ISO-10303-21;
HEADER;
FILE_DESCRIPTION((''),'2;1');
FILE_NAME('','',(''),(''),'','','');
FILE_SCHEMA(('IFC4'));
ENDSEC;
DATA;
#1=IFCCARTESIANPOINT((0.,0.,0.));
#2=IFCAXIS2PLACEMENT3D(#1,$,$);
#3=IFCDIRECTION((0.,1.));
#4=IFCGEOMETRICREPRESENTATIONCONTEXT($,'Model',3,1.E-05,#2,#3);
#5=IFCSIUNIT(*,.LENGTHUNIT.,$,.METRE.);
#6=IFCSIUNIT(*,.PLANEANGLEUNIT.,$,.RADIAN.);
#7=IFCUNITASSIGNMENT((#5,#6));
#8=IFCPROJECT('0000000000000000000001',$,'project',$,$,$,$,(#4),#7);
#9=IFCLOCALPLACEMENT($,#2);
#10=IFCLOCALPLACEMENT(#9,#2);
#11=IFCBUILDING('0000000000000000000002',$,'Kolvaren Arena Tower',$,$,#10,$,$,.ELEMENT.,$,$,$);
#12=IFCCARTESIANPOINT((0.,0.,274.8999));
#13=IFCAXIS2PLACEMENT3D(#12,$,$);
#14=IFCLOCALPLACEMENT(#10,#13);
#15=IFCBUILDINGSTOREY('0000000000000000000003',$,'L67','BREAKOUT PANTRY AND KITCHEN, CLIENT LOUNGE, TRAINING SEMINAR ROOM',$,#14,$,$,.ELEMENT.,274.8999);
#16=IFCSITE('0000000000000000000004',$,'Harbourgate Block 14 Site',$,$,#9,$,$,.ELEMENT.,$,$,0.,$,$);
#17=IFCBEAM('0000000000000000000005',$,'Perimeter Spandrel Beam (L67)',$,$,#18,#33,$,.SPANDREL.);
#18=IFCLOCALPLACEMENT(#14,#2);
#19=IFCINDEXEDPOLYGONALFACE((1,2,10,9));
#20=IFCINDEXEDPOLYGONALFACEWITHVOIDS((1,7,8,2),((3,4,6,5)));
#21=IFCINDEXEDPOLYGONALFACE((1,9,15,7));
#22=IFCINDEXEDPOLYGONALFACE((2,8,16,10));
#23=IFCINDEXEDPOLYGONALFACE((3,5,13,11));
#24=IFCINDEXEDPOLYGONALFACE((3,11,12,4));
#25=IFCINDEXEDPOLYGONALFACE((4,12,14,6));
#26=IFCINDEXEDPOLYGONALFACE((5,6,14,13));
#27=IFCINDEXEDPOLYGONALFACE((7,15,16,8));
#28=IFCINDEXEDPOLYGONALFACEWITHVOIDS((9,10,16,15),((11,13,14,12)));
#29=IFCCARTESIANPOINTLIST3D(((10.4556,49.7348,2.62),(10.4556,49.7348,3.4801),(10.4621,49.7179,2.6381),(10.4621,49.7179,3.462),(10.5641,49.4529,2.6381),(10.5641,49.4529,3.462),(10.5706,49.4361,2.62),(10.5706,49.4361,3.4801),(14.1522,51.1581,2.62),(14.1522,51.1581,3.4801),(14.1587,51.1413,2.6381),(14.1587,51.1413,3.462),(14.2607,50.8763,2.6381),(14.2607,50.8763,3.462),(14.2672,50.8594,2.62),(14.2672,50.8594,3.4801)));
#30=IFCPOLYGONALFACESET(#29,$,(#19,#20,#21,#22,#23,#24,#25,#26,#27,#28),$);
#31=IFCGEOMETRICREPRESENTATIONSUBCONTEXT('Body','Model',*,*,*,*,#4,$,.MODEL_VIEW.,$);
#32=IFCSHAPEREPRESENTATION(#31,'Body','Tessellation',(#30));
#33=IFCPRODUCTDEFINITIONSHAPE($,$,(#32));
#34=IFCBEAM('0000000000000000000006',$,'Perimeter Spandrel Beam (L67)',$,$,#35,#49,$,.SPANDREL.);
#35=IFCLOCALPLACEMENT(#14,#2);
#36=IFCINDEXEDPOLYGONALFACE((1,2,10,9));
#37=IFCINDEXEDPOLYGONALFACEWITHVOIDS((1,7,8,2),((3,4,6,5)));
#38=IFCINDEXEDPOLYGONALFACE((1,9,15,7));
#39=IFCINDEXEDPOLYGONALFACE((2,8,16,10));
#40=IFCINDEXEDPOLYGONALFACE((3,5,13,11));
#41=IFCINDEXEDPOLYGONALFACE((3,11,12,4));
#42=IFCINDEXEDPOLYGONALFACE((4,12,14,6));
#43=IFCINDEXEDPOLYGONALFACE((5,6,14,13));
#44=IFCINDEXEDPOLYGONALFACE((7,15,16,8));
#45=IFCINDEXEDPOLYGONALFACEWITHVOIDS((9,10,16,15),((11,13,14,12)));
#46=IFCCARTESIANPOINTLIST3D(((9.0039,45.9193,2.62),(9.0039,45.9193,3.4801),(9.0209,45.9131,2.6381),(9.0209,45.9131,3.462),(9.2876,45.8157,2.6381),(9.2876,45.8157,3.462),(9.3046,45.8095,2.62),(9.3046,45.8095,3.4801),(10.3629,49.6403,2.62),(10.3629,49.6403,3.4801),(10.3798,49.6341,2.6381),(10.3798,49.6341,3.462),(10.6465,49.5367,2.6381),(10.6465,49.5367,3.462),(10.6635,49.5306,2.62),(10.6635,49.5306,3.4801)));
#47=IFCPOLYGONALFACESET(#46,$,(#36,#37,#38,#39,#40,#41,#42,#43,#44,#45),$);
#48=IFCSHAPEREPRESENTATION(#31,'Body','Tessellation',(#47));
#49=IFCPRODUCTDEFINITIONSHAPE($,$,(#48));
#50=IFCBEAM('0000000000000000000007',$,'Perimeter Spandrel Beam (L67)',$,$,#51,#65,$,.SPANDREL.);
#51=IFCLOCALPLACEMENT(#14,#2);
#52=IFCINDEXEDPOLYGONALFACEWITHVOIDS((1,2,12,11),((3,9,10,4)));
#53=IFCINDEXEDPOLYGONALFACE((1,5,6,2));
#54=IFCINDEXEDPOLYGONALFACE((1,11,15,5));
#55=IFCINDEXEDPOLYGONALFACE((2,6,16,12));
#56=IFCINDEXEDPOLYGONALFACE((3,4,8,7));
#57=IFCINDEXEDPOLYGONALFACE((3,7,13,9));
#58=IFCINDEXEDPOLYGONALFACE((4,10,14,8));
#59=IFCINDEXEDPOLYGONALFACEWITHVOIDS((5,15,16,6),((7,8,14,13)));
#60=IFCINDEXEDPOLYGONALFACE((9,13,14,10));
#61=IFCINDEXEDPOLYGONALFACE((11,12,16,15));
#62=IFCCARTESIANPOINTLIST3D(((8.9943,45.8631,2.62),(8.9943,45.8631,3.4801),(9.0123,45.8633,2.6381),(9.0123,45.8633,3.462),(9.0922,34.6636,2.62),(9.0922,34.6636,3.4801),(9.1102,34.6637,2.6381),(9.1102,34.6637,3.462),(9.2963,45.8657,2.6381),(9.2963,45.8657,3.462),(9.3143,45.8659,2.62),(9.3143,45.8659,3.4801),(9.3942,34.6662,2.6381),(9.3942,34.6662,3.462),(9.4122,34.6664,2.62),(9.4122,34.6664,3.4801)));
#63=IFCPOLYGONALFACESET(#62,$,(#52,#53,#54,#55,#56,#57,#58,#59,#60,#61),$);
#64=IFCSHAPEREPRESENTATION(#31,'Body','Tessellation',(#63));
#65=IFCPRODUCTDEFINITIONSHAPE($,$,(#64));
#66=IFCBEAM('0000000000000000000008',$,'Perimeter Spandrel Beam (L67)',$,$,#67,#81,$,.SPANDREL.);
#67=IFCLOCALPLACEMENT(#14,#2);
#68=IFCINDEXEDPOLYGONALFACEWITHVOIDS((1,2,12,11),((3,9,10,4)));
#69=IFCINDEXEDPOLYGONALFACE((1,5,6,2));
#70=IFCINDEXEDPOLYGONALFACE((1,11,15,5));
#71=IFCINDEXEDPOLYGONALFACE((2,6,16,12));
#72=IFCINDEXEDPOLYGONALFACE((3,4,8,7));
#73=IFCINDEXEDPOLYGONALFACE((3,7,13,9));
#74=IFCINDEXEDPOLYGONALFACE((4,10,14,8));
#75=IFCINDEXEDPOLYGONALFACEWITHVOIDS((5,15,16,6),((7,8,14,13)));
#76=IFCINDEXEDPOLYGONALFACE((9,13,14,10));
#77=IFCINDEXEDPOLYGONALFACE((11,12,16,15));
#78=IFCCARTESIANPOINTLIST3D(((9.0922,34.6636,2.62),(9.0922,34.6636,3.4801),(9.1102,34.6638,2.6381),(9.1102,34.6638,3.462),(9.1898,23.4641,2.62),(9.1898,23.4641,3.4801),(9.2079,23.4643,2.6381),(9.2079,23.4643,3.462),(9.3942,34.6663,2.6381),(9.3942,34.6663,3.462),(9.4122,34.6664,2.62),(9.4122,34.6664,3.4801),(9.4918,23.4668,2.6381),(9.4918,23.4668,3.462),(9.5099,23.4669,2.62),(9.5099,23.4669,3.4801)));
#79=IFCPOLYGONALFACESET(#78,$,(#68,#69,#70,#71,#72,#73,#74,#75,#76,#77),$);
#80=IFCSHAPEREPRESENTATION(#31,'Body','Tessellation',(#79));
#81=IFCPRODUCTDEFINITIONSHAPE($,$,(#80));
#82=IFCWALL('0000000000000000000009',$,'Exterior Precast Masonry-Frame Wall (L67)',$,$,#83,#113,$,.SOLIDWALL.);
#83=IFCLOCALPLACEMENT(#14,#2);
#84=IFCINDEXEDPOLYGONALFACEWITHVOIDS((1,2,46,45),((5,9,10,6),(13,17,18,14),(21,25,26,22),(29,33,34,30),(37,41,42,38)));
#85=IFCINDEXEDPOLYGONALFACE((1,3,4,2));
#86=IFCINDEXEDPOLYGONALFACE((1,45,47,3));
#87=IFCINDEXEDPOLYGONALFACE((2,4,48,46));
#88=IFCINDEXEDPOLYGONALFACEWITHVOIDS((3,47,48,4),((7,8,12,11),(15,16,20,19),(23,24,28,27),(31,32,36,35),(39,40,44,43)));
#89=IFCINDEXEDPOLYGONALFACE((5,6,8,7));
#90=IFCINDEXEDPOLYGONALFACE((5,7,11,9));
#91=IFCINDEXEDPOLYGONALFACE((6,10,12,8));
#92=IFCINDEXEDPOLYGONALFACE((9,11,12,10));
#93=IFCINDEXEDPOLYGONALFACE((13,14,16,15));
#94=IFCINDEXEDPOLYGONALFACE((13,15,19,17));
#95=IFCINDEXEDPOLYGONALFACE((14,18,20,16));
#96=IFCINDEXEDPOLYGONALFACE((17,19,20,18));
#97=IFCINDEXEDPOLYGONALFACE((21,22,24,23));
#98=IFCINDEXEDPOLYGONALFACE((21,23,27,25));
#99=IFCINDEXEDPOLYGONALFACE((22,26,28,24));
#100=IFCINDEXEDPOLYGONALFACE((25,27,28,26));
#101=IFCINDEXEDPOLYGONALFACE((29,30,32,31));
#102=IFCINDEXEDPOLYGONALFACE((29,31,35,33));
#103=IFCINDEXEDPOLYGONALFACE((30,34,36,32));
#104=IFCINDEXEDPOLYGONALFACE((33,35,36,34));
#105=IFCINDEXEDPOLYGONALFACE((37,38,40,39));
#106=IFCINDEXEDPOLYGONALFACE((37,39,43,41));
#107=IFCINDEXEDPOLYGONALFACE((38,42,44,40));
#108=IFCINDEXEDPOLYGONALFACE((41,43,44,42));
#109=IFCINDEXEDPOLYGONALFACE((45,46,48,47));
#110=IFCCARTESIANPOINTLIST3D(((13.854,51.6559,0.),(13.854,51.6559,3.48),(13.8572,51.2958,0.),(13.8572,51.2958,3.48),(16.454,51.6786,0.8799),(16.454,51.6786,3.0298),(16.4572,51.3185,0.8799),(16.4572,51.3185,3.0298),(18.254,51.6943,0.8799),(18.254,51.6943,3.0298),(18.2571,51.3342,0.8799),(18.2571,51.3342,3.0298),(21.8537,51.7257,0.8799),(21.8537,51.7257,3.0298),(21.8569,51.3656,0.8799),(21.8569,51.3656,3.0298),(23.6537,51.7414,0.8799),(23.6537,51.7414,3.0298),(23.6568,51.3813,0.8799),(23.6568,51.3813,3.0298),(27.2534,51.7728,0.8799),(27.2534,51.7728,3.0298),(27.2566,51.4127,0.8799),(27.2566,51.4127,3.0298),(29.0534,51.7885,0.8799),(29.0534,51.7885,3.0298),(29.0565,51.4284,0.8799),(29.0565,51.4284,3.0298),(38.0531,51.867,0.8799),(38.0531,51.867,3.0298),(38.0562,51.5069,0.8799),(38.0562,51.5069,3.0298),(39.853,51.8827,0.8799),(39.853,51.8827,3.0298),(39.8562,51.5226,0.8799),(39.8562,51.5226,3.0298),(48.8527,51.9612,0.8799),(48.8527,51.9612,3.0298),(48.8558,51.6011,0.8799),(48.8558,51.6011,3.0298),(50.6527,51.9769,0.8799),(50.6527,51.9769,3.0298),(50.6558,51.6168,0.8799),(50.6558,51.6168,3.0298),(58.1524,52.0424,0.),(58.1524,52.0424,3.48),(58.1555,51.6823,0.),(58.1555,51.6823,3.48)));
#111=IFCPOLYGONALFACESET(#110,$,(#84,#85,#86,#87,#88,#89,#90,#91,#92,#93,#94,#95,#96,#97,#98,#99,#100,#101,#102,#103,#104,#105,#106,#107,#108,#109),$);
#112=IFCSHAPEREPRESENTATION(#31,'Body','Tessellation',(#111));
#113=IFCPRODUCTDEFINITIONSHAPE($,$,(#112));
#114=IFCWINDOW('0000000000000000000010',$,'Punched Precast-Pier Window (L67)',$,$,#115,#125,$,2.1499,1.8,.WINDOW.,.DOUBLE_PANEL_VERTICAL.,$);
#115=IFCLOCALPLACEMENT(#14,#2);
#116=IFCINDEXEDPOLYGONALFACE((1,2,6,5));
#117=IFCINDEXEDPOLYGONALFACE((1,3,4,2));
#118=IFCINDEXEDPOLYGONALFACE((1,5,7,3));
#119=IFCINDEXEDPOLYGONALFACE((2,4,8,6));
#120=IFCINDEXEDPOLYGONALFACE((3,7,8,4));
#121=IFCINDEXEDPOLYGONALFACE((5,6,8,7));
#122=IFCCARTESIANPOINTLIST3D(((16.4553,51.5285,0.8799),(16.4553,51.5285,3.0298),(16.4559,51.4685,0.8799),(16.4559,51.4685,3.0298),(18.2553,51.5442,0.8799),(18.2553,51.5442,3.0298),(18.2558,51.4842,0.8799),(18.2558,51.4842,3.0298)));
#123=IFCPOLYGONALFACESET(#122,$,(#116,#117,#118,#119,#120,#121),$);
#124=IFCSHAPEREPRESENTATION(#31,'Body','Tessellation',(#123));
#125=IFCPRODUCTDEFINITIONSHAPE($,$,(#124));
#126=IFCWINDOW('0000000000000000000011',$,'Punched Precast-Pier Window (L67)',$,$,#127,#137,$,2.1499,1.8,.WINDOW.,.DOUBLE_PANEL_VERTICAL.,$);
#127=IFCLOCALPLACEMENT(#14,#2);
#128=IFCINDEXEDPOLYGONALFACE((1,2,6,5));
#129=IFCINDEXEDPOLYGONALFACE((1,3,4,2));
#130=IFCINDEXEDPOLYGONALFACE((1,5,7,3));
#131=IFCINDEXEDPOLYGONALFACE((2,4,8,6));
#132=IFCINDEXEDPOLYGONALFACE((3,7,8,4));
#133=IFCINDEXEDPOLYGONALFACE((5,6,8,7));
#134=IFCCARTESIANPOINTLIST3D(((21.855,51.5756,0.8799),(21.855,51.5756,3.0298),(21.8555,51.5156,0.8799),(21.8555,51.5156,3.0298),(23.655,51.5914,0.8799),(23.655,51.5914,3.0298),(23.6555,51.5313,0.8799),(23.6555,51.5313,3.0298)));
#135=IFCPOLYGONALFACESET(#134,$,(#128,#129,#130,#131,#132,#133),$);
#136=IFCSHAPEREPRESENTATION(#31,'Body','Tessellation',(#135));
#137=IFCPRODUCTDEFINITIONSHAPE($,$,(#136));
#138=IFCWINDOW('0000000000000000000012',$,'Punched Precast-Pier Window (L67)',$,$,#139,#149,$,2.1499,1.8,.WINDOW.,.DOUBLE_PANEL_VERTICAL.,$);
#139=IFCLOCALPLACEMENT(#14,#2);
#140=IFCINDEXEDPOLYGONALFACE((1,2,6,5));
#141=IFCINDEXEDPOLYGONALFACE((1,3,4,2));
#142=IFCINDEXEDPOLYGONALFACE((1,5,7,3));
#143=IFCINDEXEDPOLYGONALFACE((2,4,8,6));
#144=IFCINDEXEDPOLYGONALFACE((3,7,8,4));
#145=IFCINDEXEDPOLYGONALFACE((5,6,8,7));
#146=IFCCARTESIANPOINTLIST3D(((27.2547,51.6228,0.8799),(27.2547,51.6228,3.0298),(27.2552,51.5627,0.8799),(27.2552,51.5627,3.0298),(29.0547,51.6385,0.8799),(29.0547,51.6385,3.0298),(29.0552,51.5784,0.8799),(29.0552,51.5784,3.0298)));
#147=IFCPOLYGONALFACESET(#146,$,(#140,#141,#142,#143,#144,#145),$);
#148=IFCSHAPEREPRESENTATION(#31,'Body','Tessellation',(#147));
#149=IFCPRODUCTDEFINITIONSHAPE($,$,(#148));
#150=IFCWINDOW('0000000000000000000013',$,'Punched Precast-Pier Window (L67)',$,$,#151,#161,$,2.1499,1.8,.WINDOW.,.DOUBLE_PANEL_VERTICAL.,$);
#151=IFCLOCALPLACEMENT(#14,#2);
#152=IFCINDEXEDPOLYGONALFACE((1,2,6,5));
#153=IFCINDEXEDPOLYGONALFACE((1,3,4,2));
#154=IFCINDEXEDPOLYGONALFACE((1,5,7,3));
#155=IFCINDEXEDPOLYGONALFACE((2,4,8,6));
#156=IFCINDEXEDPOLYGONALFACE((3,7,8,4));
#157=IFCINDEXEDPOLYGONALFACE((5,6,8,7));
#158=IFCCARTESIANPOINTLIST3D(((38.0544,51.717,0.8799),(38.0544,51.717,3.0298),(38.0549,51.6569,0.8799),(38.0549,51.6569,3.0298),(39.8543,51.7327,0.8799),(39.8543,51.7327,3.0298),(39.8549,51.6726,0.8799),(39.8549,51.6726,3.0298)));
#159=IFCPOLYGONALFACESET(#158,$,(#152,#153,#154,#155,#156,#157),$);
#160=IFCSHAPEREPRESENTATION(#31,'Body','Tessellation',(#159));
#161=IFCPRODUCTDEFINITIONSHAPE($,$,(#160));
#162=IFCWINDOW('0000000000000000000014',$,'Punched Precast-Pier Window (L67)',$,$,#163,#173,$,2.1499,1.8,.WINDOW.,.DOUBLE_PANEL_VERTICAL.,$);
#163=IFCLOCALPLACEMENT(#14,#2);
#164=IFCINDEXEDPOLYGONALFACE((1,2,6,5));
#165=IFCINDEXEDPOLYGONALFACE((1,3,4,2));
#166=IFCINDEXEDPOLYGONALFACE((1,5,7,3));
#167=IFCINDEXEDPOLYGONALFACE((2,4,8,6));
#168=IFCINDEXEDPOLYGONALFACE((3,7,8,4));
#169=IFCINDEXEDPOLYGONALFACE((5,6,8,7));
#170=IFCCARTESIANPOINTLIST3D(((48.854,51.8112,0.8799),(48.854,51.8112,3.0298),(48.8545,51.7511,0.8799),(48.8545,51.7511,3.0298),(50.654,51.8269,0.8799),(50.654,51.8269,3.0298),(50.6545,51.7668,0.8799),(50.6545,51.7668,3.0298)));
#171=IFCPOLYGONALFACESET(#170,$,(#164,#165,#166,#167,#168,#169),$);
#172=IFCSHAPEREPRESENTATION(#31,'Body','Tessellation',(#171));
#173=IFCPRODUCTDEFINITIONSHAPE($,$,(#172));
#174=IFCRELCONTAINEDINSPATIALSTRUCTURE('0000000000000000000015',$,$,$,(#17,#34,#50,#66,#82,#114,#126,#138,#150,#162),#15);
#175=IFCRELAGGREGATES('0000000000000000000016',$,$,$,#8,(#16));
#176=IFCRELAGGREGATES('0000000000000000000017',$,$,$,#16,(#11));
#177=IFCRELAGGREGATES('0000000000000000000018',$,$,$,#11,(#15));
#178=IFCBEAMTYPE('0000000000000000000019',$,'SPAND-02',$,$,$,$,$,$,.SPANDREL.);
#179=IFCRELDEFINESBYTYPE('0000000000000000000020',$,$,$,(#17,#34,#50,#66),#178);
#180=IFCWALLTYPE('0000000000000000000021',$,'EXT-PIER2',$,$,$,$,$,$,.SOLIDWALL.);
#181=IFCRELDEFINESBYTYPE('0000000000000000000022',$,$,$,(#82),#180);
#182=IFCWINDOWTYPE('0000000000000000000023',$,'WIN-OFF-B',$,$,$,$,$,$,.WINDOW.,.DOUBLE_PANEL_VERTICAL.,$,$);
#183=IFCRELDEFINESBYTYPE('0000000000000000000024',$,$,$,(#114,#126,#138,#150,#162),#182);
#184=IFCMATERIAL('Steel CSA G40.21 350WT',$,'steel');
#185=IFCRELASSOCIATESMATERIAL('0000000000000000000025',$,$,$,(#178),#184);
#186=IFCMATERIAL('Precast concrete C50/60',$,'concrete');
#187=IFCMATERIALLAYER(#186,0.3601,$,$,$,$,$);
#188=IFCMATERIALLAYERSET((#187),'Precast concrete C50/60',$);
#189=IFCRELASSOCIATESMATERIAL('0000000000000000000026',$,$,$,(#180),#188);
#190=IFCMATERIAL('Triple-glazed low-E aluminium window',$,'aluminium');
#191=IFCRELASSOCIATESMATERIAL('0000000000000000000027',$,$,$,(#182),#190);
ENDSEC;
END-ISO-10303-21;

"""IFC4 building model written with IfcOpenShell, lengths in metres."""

from ifc_helpers import new_model, si_unit, direction, frame, frame_2d, origin, origin_2d, place, context, subcontext, project, spatial, rectangle, hollow_rectangle, extrude, material, layer, layer_set, material_profile, profile_set, type_object, element, fill, save


model = new_model("IFC4")

# Units and contexts
model_context = context("Model", 3, precision=1e-05, world=origin(), true_north=direction((0.0, 1.0)))
body_context = subcontext(model_context, "Body", "Model", "MODEL_VIEW")
ifc_project = project(units=[si_unit("LENGTHUNIT", "METRE"), si_unit("PLANEANGLEUNIT", "RADIAN")], contexts=[model_context])

# Site, building, storey
site_placement = place(None, origin())
site = spatial("IfcSite", under=ifc_project, at=site_placement, Name="Harbourgate Block 14 Site", CompositionType="ELEMENT", RefElevation=0.0)
building_placement = place(site_placement, origin())
building = spatial("IfcBuilding", under=site, at=building_placement, Name="Kolvaren Arena Tower", CompositionType="ELEMENT")
storey_placement = place(building_placement, frame((0.0, 0.0, 274.8999)))
storey = spatial("IfcBuildingStorey", under=building, at=storey_placement, Name="L67", Description="BREAKOUT PANTRY AND KITCHEN, CLIENT LOUNGE, TRAINING SEMINAR ROOM", CompositionType="ELEMENT", Elevation=274.8999)

# Shared definitions
ifc_material_1 = material(Name="Precast concrete C50/60", Category="concrete")

# Beams
ifc_material_2 = material(Name="Steel CSA G40.21 350WT", Category="steel")
ifc_material_profile_1 = material_profile(ifc_material_2, hollow_rectangle(XDim=0.3201, YDim=0.8601, WallThickness=0.0181, at=origin_2d()), Name="HSS 860x320x18")
ifc_profile_set_1 = profile_set([ifc_material_profile_1], Name="Steel CSA G40.21 350WT")
beam_type_1 = type_object("IfcBeamType", Name="SPAND-02", PredefinedType="SPANDREL", material=ifc_profile_set_1)
beam_1_placement = place(storey_placement, frame((14.2097, 51.0088, 3.05), z_axis=(-0.933211, -0.35933, 0.0), x_axis=(0.35933, -0.933211, 0.0)))
element("IfcBeam", 1, at=beam_1_placement, inside=storey, type_object=beam_type_1, Name="Perimeter Spandrel Beam (L67)", PredefinedType="SPANDREL", context=body_context, shape_type="SweptSolid", body=[
    extrude(hollow_rectangle(XDim=0.3201, YDim=0.8601, WallThickness=0.0181, at=origin_2d()), origin(), (0.0, 0.0, 1.0), 3.9612),
])
beam_2_placement = place(storey_placement, frame((10.5132, 49.5854, 3.05), z_axis=(-0.343039, -0.939321, 0.0), x_axis=(0.939321, -0.343039, 0.0)))
element("IfcBeam", 2, at=beam_2_placement, inside=storey, type_object=beam_type_1, Name="Perimeter Spandrel Beam (L67)", PredefinedType="SPANDREL", context=body_context, shape_type="SweptSolid", body=[
    extrude(hollow_rectangle(XDim=0.3201, YDim=0.8601, WallThickness=0.0181, at=origin_2d()), origin(), (0.0, 0.0, 1.0), 3.9614),
])
for number, where, z_axis, x_axis, name in (
    (3, (9.1543, 45.8645, 3.05), (0.008741, -0.999962, 0.0), (0.999962, 0.008741, 0.0), "Perimeter Spandrel Beam (L67)"),
    (4, (9.2522, 34.665, 3.05), (0.008719, -0.999962, 0.0), (0.999962, 0.008719, 0.0), "Perimeter Spandrel Beam (L67)"),
):
    element("IfcBeam", number, at=place(storey_placement, frame(where, z_axis=z_axis, x_axis=x_axis)), inside=storey, type_object=beam_type_1, Name=name, PredefinedType="SPANDREL", context=body_context, shape_type="SweptSolid", body=[
        extrude(hollow_rectangle(XDim=0.3201, YDim=0.8601, WallThickness=0.0181, at=origin_2d()), origin(), (0.0, 0.0, 1.0), 11.2),
    ])

# Wall, openings, windows
ifc_layer = layer(ifc_material_1, 0.3601)
ifc_layer_set = layer_set([ifc_layer], Name="Precast concrete C50/60")
wall_type = type_object("IfcWallType", Name="EXT-PIER2", PredefinedType="SOLIDWALL", material=ifc_layer_set)
wall_placement = place(storey_placement, frame((13.8557, 51.4758, 0.0), z_axis=(0.0, 0.0, 1.0), x_axis=(0.999962, 0.008724, 0.0)))
wall = element("IfcWall", 5, at=wall_placement, inside=storey, type_object=wall_type, Name="Exterior Precast Masonry-Frame Wall (L67)", PredefinedType="SOLIDWALL", context=body_context, shape_type="SweptSolid", body=[
    extrude(rectangle(XDim=44.3, YDim=0.3601, at=frame_2d((22.1499, 0.0))), origin(), (0.0, 0.0, 1.0), 3.48),
])
opening_1_placement = place(wall_placement, frame((2.6001, 0.0, 0.8799)))
opening_1 = element("IfcOpeningElement", 6, at=opening_1_placement, cuts=wall, PredefinedType="OPENING", context=body_context, shape_type="SweptSolid", body=[
    extrude(rectangle(XDim=1.8, YDim=2.1499, at=frame_2d((0.8999, 1.075))), frame((0.0, 0.1899, 0.0), z_axis=(0.0, -1.0, 0.0), x_axis=(1.0, 0.0, 0.0)), (0.0, 0.0, 1.0), 0.3801),
])
opening_2_placement = place(wall_placement, frame((8.0, 0.0, 0.8799)))
opening_2 = element("IfcOpeningElement", 7, at=opening_2_placement, cuts=wall, PredefinedType="OPENING", context=body_context, shape_type="SweptSolid", body=[
    extrude(rectangle(XDim=1.8, YDim=2.1499, at=frame_2d((0.8999, 1.075))), frame((0.0, 0.1899, 0.0), z_axis=(0.0, -1.0, 0.0), x_axis=(1.0, 0.0, 0.0)), (0.0, 0.0, 1.0), 0.3801),
])
opening_3_placement = place(wall_placement, frame((13.3999, 0.0, 0.8799)))
opening_3 = element("IfcOpeningElement", 8, at=opening_3_placement, cuts=wall, PredefinedType="OPENING", context=body_context, shape_type="SweptSolid", body=[
    extrude(rectangle(XDim=1.8, YDim=2.1499, at=frame_2d((0.8999, 1.075))), frame((0.0, 0.1899, 0.0), z_axis=(0.0, -1.0, 0.0), x_axis=(1.0, 0.0, 0.0)), (0.0, 0.0, 1.0), 0.3801),
])
opening_4_placement = place(wall_placement, frame((24.2, 0.0, 0.8799)))
opening_4 = element("IfcOpeningElement", 9, at=opening_4_placement, cuts=wall, PredefinedType="OPENING", context=body_context, shape_type="SweptSolid", body=[
    extrude(rectangle(XDim=1.8, YDim=2.1499, at=frame_2d((0.8999, 1.075))), frame((0.0, 0.1899, 0.0), z_axis=(0.0, -1.0, 0.0), x_axis=(1.0, 0.0, 0.0)), (0.0, 0.0, 1.0), 0.3801),
])
opening_5_placement = place(wall_placement, frame((35.0, 0.0, 0.8799)))
opening_5 = element("IfcOpeningElement", 10, at=opening_5_placement, cuts=wall, PredefinedType="OPENING", context=body_context, shape_type="SweptSolid", body=[
    extrude(rectangle(XDim=1.8, YDim=2.1499, at=frame_2d((0.8999, 1.075))), frame((0.0, 0.1899, 0.0), z_axis=(0.0, -1.0, 0.0), x_axis=(1.0, 0.0, 0.0)), (0.0, 0.0, 1.0), 0.3801),
])
ifc_material_3 = material(Name="Triple-glazed low-E aluminium window", Category="aluminium")
window_type = type_object("IfcWindowType", Name="WIN-OFF-B", PartitioningType="DOUBLE_PANEL_VERTICAL", PredefinedType="WINDOW", material=ifc_material_3)
window_1_placement = place(opening_1_placement, origin())
window_1 = element("IfcWindow", 11, at=window_1_placement, inside=storey, type_object=window_type, Name="Punched Precast-Pier Window (L67)", OverallHeight=2.1499, OverallWidth=1.8, PartitioningType="DOUBLE_PANEL_VERTICAL", PredefinedType="WINDOW", context=body_context, shape_type="SweptSolid", body=[
    extrude(rectangle(XDim=1.8, YDim=2.1499, at=frame_2d((0.8999, 1.075))), frame((0.0, 0.03, 0.0), z_axis=(0.0, -1.0, 0.0), x_axis=(1.0, 0.0, 0.0)), (0.0, 0.0, 1.0), 0.0601),
])
fill(opening_1, window_1)
window_2_placement = place(opening_2_placement, origin())
window_2 = element("IfcWindow", 12, at=window_2_placement, inside=storey, type_object=window_type, Name="Punched Precast-Pier Window (L67)", OverallHeight=2.1499, OverallWidth=1.8, PartitioningType="DOUBLE_PANEL_VERTICAL", PredefinedType="WINDOW", context=body_context, shape_type="SweptSolid", body=[
    extrude(rectangle(XDim=1.8, YDim=2.1499, at=frame_2d((0.8999, 1.075))), frame((0.0, 0.03, 0.0), z_axis=(0.0, -1.0, 0.0), x_axis=(1.0, 0.0, 0.0)), (0.0, 0.0, 1.0), 0.0601),
])
fill(opening_2, window_2)
window_3_placement = place(opening_3_placement, origin())
window_3 = element("IfcWindow", 13, at=window_3_placement, inside=storey, type_object=window_type, Name="Punched Precast-Pier Window (L67)", OverallHeight=2.1499, OverallWidth=1.8, PartitioningType="DOUBLE_PANEL_VERTICAL", PredefinedType="WINDOW", context=body_context, shape_type="SweptSolid", body=[
    extrude(rectangle(XDim=1.8, YDim=2.1499, at=frame_2d((0.8999, 1.075))), frame((0.0, 0.03, 0.0), z_axis=(0.0, -1.0, 0.0), x_axis=(1.0, 0.0, 0.0)), (0.0, 0.0, 1.0), 0.0601),
])
fill(opening_3, window_3)
window_4_placement = place(opening_4_placement, origin())
window_4 = element("IfcWindow", 14, at=window_4_placement, inside=storey, type_object=window_type, Name="Punched Precast-Pier Window (L67)", OverallHeight=2.1499, OverallWidth=1.8, PartitioningType="DOUBLE_PANEL_VERTICAL", PredefinedType="WINDOW", context=body_context, shape_type="SweptSolid", body=[
    extrude(rectangle(XDim=1.8, YDim=2.1499, at=frame_2d((0.8999, 1.075))), frame((0.0, 0.03, 0.0), z_axis=(0.0, -1.0, 0.0), x_axis=(1.0, 0.0, 0.0)), (0.0, 0.0, 1.0), 0.0601),
])
fill(opening_4, window_4)
window_5_placement = place(opening_5_placement, origin())
window_5 = element("IfcWindow", 15, at=window_5_placement, inside=storey, type_object=window_type, Name="Punched Precast-Pier Window (L67)", OverallHeight=2.1499, OverallWidth=1.8, PartitioningType="DOUBLE_PANEL_VERTICAL", PredefinedType="WINDOW", context=body_context, shape_type="SweptSolid", body=[
    extrude(rectangle(XDim=1.8, YDim=2.1499, at=frame_2d((0.8999, 1.075))), frame((0.0, 0.03, 0.0), z_axis=(0.0, -1.0, 0.0), x_axis=(1.0, 0.0, 0.0)), (0.0, 0.0, 1.0), 0.0601),
])
fill(opening_5, window_5)

save(model, "model.ifc")
